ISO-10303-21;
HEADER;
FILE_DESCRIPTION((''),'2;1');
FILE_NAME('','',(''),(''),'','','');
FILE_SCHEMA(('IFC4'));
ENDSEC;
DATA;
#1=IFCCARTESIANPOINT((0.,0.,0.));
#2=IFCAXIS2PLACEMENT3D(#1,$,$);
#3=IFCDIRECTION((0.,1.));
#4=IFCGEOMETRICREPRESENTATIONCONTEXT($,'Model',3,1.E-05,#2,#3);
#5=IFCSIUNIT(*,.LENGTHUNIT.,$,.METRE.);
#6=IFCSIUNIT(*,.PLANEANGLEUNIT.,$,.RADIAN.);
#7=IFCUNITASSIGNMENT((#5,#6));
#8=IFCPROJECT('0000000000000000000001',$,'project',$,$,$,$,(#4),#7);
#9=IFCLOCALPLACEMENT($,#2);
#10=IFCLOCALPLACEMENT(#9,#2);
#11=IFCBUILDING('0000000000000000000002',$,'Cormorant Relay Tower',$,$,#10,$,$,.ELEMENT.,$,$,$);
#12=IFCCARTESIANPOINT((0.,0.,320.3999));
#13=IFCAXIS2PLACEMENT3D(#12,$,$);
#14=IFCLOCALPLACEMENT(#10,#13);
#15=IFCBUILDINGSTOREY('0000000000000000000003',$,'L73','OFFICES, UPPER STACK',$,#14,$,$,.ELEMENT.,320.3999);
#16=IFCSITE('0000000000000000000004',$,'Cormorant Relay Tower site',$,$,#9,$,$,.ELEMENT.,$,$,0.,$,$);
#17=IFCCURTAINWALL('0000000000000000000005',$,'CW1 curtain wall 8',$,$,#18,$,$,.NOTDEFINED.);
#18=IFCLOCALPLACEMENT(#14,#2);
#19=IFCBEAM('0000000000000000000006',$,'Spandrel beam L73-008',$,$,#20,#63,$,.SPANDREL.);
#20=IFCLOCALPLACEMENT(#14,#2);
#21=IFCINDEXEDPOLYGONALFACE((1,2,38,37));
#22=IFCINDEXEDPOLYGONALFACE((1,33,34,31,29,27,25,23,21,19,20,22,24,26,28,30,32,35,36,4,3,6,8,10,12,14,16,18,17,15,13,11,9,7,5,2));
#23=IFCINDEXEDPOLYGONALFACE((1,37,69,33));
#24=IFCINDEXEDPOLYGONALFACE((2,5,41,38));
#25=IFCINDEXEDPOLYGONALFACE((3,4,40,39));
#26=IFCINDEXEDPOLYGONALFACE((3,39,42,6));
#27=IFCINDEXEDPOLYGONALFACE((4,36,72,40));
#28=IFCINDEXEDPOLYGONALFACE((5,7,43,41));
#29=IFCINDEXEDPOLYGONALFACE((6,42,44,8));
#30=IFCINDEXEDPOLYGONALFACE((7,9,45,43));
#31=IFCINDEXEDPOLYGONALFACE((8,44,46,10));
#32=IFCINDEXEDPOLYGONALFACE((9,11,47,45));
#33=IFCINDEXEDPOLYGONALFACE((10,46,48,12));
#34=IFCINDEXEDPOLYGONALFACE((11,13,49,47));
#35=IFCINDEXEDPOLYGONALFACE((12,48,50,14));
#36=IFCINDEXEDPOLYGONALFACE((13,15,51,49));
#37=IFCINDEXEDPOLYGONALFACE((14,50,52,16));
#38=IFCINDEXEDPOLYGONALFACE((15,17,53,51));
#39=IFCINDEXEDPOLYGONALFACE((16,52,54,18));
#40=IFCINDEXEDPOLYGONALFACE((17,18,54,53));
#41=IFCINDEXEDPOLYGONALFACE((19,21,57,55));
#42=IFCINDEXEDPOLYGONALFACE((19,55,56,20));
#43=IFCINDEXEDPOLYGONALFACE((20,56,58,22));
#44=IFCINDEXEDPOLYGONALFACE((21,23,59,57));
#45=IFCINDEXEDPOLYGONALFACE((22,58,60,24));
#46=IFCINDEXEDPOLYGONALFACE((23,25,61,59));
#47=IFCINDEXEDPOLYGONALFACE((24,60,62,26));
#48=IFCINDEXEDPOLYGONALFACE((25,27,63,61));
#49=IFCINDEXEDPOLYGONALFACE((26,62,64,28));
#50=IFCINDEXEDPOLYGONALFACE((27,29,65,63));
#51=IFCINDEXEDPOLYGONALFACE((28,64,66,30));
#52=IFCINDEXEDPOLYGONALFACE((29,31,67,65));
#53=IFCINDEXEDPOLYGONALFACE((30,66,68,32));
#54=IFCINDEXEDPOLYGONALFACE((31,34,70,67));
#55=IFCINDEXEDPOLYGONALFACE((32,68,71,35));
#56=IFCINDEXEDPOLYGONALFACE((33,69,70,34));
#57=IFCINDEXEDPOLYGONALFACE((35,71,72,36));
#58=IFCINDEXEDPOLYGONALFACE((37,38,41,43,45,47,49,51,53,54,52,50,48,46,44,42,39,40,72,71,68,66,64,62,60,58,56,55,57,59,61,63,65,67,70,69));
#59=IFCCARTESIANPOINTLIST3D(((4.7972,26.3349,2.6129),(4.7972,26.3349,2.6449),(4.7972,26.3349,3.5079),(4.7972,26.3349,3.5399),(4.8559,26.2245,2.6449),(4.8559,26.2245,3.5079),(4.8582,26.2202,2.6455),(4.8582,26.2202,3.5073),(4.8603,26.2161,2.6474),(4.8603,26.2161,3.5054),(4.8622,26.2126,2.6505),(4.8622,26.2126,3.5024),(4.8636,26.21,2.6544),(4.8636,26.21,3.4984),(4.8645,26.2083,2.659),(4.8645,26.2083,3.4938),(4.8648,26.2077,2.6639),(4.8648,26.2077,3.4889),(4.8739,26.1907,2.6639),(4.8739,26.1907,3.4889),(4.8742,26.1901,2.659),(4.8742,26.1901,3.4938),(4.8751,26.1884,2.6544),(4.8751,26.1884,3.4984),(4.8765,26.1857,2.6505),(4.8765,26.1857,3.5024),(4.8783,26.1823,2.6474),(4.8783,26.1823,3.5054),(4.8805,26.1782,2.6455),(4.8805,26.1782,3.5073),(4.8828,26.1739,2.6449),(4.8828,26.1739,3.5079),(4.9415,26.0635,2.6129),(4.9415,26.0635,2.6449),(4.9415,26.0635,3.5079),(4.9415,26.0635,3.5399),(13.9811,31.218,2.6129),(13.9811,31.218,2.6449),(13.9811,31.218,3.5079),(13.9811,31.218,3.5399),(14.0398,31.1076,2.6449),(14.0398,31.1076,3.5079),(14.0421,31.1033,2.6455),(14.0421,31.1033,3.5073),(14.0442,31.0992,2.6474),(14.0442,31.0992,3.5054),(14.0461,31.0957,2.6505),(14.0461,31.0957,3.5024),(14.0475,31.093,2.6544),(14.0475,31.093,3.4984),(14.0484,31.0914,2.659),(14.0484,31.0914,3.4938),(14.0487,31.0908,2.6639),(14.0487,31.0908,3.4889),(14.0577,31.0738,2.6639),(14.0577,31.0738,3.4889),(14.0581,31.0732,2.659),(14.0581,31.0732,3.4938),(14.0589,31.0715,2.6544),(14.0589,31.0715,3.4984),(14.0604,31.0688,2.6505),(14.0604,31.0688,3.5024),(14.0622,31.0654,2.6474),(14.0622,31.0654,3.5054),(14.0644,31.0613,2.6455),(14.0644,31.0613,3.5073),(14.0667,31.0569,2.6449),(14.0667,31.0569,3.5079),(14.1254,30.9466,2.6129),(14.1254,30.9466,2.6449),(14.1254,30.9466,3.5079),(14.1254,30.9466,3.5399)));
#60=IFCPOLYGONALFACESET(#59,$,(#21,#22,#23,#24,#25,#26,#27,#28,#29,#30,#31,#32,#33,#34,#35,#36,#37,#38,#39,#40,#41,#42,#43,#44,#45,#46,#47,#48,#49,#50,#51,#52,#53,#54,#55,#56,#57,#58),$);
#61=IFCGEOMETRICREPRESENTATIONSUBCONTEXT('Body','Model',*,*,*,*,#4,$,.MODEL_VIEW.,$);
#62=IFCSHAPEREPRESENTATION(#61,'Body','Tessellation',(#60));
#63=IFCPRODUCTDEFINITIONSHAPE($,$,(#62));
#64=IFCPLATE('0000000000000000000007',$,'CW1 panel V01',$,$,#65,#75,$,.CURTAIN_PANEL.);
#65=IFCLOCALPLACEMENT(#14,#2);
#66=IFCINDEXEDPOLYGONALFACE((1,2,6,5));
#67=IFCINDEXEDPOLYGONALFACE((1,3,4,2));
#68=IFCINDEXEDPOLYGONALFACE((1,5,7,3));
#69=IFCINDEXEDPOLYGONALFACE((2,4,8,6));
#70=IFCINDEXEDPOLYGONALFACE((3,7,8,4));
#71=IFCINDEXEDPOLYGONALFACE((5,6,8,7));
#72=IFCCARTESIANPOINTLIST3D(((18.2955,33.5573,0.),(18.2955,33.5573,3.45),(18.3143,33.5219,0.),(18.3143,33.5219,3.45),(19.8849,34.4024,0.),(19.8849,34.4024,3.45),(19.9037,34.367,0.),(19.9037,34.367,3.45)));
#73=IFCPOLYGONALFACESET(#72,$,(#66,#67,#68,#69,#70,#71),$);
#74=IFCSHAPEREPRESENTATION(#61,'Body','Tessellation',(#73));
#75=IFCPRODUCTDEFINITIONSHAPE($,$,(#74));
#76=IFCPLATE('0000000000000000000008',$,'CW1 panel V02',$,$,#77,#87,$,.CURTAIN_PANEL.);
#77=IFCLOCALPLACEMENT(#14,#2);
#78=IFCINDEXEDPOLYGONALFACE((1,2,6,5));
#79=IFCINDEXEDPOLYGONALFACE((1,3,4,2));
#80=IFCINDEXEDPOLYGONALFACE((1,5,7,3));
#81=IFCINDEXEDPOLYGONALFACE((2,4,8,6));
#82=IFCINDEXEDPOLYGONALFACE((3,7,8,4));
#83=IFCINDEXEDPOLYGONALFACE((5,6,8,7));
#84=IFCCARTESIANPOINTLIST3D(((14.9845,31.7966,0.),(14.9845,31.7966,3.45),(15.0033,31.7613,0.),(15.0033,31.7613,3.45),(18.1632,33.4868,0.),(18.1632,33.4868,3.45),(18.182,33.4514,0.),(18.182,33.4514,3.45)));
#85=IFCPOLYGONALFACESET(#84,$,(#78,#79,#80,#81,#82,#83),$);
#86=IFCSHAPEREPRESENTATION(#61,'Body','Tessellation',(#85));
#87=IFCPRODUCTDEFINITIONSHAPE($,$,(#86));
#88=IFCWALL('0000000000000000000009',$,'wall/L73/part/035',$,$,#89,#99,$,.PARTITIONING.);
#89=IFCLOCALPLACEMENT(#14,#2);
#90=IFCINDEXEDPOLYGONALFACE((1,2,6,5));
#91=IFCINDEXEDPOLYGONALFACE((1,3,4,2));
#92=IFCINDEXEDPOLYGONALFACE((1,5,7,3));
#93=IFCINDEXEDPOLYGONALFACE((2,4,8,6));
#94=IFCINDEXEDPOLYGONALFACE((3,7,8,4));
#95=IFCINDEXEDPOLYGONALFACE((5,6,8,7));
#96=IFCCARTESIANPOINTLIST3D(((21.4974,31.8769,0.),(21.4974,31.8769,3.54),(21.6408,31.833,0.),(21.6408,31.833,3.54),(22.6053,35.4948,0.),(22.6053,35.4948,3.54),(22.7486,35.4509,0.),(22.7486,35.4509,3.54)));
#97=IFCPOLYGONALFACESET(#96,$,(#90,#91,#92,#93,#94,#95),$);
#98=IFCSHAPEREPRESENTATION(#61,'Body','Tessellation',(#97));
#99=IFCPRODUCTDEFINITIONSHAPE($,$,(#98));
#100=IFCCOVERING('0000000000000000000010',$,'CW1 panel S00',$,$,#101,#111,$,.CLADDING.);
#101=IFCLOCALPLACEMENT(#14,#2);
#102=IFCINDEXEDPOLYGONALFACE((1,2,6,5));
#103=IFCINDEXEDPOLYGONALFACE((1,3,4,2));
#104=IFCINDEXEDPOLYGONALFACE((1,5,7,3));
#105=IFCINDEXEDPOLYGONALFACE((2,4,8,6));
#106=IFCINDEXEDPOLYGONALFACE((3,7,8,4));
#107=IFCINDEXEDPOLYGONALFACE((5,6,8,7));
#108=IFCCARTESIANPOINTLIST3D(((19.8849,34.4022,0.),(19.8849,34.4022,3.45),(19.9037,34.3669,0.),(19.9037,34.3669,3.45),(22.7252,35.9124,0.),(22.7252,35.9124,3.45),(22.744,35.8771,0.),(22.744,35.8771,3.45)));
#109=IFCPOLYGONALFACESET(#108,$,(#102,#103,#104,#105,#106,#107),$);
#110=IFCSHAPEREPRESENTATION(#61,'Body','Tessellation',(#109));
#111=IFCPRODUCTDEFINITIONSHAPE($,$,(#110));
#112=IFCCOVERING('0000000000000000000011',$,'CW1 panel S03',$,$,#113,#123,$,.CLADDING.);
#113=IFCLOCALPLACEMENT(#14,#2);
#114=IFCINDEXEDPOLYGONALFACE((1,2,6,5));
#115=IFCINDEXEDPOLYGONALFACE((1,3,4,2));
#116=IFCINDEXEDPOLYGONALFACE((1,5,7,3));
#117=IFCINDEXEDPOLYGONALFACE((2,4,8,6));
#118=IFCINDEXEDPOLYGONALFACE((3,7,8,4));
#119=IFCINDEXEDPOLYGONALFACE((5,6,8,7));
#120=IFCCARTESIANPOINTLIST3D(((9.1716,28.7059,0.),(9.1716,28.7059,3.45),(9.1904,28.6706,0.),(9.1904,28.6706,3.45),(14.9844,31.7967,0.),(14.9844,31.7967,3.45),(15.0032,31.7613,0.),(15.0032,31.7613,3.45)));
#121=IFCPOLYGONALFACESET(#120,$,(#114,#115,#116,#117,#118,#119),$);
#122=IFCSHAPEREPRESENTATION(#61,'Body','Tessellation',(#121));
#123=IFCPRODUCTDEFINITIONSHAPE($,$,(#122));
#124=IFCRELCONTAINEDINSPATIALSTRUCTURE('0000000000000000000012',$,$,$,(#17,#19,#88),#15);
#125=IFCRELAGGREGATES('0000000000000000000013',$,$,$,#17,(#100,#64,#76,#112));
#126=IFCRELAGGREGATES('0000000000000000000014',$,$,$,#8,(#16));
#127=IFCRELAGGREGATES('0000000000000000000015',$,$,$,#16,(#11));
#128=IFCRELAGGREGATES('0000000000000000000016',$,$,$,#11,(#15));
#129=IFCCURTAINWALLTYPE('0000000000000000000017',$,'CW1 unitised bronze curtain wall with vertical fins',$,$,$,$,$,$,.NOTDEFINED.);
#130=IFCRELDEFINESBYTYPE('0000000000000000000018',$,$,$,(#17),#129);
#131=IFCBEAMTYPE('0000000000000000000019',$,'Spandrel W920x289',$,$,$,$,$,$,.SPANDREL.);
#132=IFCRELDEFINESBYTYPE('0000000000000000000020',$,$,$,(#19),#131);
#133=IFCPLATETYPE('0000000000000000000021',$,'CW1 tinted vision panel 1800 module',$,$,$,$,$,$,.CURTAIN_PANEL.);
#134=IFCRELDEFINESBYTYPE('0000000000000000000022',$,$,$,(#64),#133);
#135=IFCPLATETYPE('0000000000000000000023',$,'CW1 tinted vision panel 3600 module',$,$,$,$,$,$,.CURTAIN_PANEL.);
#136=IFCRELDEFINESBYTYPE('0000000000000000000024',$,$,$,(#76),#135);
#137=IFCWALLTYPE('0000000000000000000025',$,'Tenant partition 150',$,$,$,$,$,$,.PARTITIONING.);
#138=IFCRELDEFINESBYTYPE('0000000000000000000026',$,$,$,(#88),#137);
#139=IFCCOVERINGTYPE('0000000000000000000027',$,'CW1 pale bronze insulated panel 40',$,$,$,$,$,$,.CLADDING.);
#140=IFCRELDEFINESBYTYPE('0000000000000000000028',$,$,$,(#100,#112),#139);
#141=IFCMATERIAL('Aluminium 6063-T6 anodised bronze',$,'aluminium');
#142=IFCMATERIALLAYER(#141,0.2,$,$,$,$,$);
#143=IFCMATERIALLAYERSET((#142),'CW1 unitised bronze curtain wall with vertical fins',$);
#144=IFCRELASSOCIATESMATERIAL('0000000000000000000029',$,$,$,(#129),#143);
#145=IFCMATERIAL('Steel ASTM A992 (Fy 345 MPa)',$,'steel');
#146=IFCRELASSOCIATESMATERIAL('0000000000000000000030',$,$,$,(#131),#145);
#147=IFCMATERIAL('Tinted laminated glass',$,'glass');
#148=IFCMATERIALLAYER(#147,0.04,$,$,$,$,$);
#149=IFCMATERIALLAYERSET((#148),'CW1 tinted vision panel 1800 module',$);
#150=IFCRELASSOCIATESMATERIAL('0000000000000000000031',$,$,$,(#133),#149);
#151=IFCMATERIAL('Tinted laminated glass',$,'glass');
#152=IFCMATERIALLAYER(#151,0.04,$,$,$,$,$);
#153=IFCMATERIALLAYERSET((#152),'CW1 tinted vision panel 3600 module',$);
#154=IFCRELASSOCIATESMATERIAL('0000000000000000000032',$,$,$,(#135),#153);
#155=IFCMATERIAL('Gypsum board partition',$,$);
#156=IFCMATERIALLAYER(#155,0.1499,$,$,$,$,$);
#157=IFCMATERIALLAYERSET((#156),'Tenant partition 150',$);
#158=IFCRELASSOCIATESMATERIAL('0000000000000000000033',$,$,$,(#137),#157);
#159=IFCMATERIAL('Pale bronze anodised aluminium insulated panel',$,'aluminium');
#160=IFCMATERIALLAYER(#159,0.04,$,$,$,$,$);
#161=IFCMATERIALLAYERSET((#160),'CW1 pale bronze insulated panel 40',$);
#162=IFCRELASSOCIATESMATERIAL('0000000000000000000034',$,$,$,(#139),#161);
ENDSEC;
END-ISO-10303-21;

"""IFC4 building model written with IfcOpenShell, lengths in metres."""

from ifc_helpers import new_model, si_unit, direction, frame, frame_2d, origin, origin_2d, place, context, subcontext, project, spatial, rectangle, i_section, extrude, material, layer, layer_set, material_profile, profile_set, type_object, element, aggregate, save


model = new_model("IFC4")

# Units and contexts
model_context = context("Model", 3, precision=1e-05, world=origin(), true_north=direction((0.0, 1.0)))
body_context = subcontext(model_context, "Body", "Model", "MODEL_VIEW")
ifc_project = project(units=[si_unit("LENGTHUNIT", "METRE"), si_unit("PLANEANGLEUNIT", "RADIAN")], contexts=[model_context])

# Site, building, storey
site_placement = place(None, origin())
site = spatial("IfcSite", under=ifc_project, at=site_placement, Name="Cormorant Relay Tower site", CompositionType="ELEMENT", RefElevation=0.0)
building_placement = place(site_placement, origin())
building = spatial("IfcBuilding", under=site, at=building_placement, Name="Cormorant Relay Tower", CompositionType="ELEMENT")
storey_placement = place(building_placement, frame((0.0, 0.0, 320.3999)))
storey = spatial("IfcBuildingStorey", under=building, at=storey_placement, Name="L73", Description="OFFICES, UPPER STACK", CompositionType="ELEMENT", Elevation=320.3999)

# Curtain wall
ifc_material_1 = material(Name="Aluminium 6063-T6 anodised bronze", Category="aluminium")
ifc_layer_1 = layer(ifc_material_1, 0.2)
ifc_layer_set_1 = layer_set([ifc_layer_1], Name="CW1 unitised bronze curtain wall with vertical fins")
curtain_wall_type = type_object("IfcCurtainWallType", Name="CW1 unitised bronze curtain wall with vertical fins", PredefinedType="NOTDEFINED", material=ifc_layer_set_1)
curtain_wall_placement = place(storey_placement, origin())
curtain_wall = element("IfcCurtainWall", 1, at=curtain_wall_placement, inside=storey, type_object=curtain_wall_type, Name="CW1 curtain wall 8", PredefinedType="NOTDEFINED")

# Beam
ifc_material_2 = material(Name="Steel ASTM A992 (Fy 345 MPa)", Category="steel")
ifc_material_profile_1 = material_profile(ifc_material_2, i_section(OverallWidth=0.3074, OverallDepth=0.927, WebThickness=0.0193, FlangeThickness=0.032, FilletRadius=0.019, at=origin_2d()), Name="W920x289")
ifc_profile_set_1 = profile_set([ifc_material_profile_1], Name="Steel ASTM A992 (Fy 345 MPa)")
beam_type = type_object("IfcBeamType", Name="Spandrel W920x289", PredefinedType="SPANDREL", material=ifc_profile_set_1)
beam_placement = place(storey_placement, frame((14.0532, 31.0823, 3.0764), z_axis=(-0.882951, -0.469466, 0.0), x_axis=(0.469466, -0.882951, 0.0)))
element("IfcBeam", 2, at=beam_placement, inside=storey, type_object=beam_type, Name="Spandrel beam L73-008", PredefinedType="SPANDREL", context=body_context, shape_type="SweptSolid", body=[
    extrude(i_section(OverallWidth=0.3074, OverallDepth=0.927, WebThickness=0.0193, FlangeThickness=0.032, FilletRadius=0.019, at=origin_2d()), origin(), (0.0, 0.0, 1.0), 10.4014),
])

# Plates
ifc_material_3 = material(Name="Tinted laminated glass", Category="glass")
ifc_layer_2 = layer(ifc_material_3, 0.04)
ifc_layer_set_2 = layer_set([ifc_layer_2], Name="CW1 tinted vision panel 1800 module")
plate_type_1 = type_object("IfcPlateType", Name="CW1 tinted vision panel 1800 module", PredefinedType="CURTAIN_PANEL", material=ifc_layer_set_2)
plate_1_placement = place(storey_placement, frame((19.0996, 33.9622, 0.0), z_axis=(0.0, 0.0, 1.0), x_axis=(-0.882948, -0.469472, 0.0)))
plate_1 = element("IfcPlate", 3, at=plate_1_placement, type_object=plate_type_1, Name="CW1 panel V01", PredefinedType="CURTAIN_PANEL", context=body_context, shape_type="SweptSolid", body=[
    extrude(rectangle(XDim=1.8, YDim=0.04, at=origin_2d()), origin(), (0.0, 0.0, 1.0), 3.45),
])
ifc_material_4 = material(Name="Tinted laminated glass", Category="glass")
ifc_layer_3 = layer(ifc_material_4, 0.04)
ifc_layer_set_3 = layer_set([ifc_layer_3], Name="CW1 tinted vision panel 3600 module")
plate_type_2 = type_object("IfcPlateType", Name="CW1 tinted vision panel 3600 module", PredefinedType="CURTAIN_PANEL", material=ifc_layer_set_3)
plate_2_placement = place(storey_placement, frame((16.5833, 32.624, 0.0), z_axis=(0.0, 0.0, 1.0), x_axis=(-0.882948, -0.469472, 0.0)))
plate_2 = element("IfcPlate", 4, at=plate_2_placement, type_object=plate_type_2, Name="CW1 panel V02", PredefinedType="CURTAIN_PANEL", context=body_context, shape_type="SweptSolid", body=[
    extrude(rectangle(XDim=3.6001, YDim=0.04, at=origin_2d()), origin(), (0.0, 0.0, 1.0), 3.45),
])

# Wall
ifc_material_5 = material(Name="Gypsum board partition")
ifc_layer_4 = layer(ifc_material_5, 0.1499)
ifc_layer_set_4 = layer_set([ifc_layer_4], Name="Tenant partition 150")
wall_type = type_object("IfcWallType", Name="Tenant partition 150", PredefinedType="PARTITIONING", material=ifc_layer_set_4)
wall_placement = place(storey_placement, frame((21.5691, 31.855, 0.0), z_axis=(0.0, 0.0, 1.0), x_axis=(0.292807, 0.956172, 0.0)))
element("IfcWall", 5, at=wall_placement, inside=storey, type_object=wall_type, Name="wall/L73/part/035", PredefinedType="PARTITIONING", context=body_context, shape_type="SweptSolid", body=[
    extrude(rectangle(XDim=3.7837, YDim=0.1499, at=frame_2d((1.8918, 0.0))), origin(), (0.0, 0.0, 1.0), 3.54),
])

# Coverings
ifc_material_6 = material(Name="Pale bronze anodised aluminium insulated panel", Category="aluminium")
ifc_layer_5 = layer(ifc_material_6, 0.04)
ifc_layer_set_5 = layer_set([ifc_layer_5], Name="CW1 pale bronze insulated panel 40")
covering_type = type_object("IfcCoveringType", Name="CW1 pale bronze insulated panel 40", PredefinedType="CLADDING", material=ifc_layer_set_5)
covering_1_placement = place(storey_placement, frame((21.3145, 35.1396, 0.0), z_axis=(0.0, 0.0, 1.0), x_axis=(-0.882948, -0.469472, 0.0)))
covering_1 = element("IfcCovering", 6, at=covering_1_placement, type_object=covering_type, Name="CW1 panel S00", PredefinedType="CLADDING", context=body_context, shape_type="SweptSolid", body=[
    extrude(rectangle(XDim=3.2168, YDim=0.04, at=origin_2d()), origin(), (0.0, 0.0, 1.0), 3.45),
])
covering_2_placement = place(storey_placement, frame((12.0874, 30.2336, 0.0), z_axis=(0.0, 0.0, 1.0), x_axis=(-0.882948, -0.469472, 0.0)))
covering_2 = element("IfcCovering", 7, at=covering_2_placement, type_object=covering_type, Name="CW1 panel S03", PredefinedType="CLADDING", context=body_context, shape_type="SweptSolid", body=[
    extrude(rectangle(XDim=6.5835, YDim=0.04, at=origin_2d()), origin(), (0.0, 0.0, 1.0), 3.45),
])
aggregate(curtain_wall, [covering_1, plate_1, plate_2, covering_2])

save(model, "model.ifc")
